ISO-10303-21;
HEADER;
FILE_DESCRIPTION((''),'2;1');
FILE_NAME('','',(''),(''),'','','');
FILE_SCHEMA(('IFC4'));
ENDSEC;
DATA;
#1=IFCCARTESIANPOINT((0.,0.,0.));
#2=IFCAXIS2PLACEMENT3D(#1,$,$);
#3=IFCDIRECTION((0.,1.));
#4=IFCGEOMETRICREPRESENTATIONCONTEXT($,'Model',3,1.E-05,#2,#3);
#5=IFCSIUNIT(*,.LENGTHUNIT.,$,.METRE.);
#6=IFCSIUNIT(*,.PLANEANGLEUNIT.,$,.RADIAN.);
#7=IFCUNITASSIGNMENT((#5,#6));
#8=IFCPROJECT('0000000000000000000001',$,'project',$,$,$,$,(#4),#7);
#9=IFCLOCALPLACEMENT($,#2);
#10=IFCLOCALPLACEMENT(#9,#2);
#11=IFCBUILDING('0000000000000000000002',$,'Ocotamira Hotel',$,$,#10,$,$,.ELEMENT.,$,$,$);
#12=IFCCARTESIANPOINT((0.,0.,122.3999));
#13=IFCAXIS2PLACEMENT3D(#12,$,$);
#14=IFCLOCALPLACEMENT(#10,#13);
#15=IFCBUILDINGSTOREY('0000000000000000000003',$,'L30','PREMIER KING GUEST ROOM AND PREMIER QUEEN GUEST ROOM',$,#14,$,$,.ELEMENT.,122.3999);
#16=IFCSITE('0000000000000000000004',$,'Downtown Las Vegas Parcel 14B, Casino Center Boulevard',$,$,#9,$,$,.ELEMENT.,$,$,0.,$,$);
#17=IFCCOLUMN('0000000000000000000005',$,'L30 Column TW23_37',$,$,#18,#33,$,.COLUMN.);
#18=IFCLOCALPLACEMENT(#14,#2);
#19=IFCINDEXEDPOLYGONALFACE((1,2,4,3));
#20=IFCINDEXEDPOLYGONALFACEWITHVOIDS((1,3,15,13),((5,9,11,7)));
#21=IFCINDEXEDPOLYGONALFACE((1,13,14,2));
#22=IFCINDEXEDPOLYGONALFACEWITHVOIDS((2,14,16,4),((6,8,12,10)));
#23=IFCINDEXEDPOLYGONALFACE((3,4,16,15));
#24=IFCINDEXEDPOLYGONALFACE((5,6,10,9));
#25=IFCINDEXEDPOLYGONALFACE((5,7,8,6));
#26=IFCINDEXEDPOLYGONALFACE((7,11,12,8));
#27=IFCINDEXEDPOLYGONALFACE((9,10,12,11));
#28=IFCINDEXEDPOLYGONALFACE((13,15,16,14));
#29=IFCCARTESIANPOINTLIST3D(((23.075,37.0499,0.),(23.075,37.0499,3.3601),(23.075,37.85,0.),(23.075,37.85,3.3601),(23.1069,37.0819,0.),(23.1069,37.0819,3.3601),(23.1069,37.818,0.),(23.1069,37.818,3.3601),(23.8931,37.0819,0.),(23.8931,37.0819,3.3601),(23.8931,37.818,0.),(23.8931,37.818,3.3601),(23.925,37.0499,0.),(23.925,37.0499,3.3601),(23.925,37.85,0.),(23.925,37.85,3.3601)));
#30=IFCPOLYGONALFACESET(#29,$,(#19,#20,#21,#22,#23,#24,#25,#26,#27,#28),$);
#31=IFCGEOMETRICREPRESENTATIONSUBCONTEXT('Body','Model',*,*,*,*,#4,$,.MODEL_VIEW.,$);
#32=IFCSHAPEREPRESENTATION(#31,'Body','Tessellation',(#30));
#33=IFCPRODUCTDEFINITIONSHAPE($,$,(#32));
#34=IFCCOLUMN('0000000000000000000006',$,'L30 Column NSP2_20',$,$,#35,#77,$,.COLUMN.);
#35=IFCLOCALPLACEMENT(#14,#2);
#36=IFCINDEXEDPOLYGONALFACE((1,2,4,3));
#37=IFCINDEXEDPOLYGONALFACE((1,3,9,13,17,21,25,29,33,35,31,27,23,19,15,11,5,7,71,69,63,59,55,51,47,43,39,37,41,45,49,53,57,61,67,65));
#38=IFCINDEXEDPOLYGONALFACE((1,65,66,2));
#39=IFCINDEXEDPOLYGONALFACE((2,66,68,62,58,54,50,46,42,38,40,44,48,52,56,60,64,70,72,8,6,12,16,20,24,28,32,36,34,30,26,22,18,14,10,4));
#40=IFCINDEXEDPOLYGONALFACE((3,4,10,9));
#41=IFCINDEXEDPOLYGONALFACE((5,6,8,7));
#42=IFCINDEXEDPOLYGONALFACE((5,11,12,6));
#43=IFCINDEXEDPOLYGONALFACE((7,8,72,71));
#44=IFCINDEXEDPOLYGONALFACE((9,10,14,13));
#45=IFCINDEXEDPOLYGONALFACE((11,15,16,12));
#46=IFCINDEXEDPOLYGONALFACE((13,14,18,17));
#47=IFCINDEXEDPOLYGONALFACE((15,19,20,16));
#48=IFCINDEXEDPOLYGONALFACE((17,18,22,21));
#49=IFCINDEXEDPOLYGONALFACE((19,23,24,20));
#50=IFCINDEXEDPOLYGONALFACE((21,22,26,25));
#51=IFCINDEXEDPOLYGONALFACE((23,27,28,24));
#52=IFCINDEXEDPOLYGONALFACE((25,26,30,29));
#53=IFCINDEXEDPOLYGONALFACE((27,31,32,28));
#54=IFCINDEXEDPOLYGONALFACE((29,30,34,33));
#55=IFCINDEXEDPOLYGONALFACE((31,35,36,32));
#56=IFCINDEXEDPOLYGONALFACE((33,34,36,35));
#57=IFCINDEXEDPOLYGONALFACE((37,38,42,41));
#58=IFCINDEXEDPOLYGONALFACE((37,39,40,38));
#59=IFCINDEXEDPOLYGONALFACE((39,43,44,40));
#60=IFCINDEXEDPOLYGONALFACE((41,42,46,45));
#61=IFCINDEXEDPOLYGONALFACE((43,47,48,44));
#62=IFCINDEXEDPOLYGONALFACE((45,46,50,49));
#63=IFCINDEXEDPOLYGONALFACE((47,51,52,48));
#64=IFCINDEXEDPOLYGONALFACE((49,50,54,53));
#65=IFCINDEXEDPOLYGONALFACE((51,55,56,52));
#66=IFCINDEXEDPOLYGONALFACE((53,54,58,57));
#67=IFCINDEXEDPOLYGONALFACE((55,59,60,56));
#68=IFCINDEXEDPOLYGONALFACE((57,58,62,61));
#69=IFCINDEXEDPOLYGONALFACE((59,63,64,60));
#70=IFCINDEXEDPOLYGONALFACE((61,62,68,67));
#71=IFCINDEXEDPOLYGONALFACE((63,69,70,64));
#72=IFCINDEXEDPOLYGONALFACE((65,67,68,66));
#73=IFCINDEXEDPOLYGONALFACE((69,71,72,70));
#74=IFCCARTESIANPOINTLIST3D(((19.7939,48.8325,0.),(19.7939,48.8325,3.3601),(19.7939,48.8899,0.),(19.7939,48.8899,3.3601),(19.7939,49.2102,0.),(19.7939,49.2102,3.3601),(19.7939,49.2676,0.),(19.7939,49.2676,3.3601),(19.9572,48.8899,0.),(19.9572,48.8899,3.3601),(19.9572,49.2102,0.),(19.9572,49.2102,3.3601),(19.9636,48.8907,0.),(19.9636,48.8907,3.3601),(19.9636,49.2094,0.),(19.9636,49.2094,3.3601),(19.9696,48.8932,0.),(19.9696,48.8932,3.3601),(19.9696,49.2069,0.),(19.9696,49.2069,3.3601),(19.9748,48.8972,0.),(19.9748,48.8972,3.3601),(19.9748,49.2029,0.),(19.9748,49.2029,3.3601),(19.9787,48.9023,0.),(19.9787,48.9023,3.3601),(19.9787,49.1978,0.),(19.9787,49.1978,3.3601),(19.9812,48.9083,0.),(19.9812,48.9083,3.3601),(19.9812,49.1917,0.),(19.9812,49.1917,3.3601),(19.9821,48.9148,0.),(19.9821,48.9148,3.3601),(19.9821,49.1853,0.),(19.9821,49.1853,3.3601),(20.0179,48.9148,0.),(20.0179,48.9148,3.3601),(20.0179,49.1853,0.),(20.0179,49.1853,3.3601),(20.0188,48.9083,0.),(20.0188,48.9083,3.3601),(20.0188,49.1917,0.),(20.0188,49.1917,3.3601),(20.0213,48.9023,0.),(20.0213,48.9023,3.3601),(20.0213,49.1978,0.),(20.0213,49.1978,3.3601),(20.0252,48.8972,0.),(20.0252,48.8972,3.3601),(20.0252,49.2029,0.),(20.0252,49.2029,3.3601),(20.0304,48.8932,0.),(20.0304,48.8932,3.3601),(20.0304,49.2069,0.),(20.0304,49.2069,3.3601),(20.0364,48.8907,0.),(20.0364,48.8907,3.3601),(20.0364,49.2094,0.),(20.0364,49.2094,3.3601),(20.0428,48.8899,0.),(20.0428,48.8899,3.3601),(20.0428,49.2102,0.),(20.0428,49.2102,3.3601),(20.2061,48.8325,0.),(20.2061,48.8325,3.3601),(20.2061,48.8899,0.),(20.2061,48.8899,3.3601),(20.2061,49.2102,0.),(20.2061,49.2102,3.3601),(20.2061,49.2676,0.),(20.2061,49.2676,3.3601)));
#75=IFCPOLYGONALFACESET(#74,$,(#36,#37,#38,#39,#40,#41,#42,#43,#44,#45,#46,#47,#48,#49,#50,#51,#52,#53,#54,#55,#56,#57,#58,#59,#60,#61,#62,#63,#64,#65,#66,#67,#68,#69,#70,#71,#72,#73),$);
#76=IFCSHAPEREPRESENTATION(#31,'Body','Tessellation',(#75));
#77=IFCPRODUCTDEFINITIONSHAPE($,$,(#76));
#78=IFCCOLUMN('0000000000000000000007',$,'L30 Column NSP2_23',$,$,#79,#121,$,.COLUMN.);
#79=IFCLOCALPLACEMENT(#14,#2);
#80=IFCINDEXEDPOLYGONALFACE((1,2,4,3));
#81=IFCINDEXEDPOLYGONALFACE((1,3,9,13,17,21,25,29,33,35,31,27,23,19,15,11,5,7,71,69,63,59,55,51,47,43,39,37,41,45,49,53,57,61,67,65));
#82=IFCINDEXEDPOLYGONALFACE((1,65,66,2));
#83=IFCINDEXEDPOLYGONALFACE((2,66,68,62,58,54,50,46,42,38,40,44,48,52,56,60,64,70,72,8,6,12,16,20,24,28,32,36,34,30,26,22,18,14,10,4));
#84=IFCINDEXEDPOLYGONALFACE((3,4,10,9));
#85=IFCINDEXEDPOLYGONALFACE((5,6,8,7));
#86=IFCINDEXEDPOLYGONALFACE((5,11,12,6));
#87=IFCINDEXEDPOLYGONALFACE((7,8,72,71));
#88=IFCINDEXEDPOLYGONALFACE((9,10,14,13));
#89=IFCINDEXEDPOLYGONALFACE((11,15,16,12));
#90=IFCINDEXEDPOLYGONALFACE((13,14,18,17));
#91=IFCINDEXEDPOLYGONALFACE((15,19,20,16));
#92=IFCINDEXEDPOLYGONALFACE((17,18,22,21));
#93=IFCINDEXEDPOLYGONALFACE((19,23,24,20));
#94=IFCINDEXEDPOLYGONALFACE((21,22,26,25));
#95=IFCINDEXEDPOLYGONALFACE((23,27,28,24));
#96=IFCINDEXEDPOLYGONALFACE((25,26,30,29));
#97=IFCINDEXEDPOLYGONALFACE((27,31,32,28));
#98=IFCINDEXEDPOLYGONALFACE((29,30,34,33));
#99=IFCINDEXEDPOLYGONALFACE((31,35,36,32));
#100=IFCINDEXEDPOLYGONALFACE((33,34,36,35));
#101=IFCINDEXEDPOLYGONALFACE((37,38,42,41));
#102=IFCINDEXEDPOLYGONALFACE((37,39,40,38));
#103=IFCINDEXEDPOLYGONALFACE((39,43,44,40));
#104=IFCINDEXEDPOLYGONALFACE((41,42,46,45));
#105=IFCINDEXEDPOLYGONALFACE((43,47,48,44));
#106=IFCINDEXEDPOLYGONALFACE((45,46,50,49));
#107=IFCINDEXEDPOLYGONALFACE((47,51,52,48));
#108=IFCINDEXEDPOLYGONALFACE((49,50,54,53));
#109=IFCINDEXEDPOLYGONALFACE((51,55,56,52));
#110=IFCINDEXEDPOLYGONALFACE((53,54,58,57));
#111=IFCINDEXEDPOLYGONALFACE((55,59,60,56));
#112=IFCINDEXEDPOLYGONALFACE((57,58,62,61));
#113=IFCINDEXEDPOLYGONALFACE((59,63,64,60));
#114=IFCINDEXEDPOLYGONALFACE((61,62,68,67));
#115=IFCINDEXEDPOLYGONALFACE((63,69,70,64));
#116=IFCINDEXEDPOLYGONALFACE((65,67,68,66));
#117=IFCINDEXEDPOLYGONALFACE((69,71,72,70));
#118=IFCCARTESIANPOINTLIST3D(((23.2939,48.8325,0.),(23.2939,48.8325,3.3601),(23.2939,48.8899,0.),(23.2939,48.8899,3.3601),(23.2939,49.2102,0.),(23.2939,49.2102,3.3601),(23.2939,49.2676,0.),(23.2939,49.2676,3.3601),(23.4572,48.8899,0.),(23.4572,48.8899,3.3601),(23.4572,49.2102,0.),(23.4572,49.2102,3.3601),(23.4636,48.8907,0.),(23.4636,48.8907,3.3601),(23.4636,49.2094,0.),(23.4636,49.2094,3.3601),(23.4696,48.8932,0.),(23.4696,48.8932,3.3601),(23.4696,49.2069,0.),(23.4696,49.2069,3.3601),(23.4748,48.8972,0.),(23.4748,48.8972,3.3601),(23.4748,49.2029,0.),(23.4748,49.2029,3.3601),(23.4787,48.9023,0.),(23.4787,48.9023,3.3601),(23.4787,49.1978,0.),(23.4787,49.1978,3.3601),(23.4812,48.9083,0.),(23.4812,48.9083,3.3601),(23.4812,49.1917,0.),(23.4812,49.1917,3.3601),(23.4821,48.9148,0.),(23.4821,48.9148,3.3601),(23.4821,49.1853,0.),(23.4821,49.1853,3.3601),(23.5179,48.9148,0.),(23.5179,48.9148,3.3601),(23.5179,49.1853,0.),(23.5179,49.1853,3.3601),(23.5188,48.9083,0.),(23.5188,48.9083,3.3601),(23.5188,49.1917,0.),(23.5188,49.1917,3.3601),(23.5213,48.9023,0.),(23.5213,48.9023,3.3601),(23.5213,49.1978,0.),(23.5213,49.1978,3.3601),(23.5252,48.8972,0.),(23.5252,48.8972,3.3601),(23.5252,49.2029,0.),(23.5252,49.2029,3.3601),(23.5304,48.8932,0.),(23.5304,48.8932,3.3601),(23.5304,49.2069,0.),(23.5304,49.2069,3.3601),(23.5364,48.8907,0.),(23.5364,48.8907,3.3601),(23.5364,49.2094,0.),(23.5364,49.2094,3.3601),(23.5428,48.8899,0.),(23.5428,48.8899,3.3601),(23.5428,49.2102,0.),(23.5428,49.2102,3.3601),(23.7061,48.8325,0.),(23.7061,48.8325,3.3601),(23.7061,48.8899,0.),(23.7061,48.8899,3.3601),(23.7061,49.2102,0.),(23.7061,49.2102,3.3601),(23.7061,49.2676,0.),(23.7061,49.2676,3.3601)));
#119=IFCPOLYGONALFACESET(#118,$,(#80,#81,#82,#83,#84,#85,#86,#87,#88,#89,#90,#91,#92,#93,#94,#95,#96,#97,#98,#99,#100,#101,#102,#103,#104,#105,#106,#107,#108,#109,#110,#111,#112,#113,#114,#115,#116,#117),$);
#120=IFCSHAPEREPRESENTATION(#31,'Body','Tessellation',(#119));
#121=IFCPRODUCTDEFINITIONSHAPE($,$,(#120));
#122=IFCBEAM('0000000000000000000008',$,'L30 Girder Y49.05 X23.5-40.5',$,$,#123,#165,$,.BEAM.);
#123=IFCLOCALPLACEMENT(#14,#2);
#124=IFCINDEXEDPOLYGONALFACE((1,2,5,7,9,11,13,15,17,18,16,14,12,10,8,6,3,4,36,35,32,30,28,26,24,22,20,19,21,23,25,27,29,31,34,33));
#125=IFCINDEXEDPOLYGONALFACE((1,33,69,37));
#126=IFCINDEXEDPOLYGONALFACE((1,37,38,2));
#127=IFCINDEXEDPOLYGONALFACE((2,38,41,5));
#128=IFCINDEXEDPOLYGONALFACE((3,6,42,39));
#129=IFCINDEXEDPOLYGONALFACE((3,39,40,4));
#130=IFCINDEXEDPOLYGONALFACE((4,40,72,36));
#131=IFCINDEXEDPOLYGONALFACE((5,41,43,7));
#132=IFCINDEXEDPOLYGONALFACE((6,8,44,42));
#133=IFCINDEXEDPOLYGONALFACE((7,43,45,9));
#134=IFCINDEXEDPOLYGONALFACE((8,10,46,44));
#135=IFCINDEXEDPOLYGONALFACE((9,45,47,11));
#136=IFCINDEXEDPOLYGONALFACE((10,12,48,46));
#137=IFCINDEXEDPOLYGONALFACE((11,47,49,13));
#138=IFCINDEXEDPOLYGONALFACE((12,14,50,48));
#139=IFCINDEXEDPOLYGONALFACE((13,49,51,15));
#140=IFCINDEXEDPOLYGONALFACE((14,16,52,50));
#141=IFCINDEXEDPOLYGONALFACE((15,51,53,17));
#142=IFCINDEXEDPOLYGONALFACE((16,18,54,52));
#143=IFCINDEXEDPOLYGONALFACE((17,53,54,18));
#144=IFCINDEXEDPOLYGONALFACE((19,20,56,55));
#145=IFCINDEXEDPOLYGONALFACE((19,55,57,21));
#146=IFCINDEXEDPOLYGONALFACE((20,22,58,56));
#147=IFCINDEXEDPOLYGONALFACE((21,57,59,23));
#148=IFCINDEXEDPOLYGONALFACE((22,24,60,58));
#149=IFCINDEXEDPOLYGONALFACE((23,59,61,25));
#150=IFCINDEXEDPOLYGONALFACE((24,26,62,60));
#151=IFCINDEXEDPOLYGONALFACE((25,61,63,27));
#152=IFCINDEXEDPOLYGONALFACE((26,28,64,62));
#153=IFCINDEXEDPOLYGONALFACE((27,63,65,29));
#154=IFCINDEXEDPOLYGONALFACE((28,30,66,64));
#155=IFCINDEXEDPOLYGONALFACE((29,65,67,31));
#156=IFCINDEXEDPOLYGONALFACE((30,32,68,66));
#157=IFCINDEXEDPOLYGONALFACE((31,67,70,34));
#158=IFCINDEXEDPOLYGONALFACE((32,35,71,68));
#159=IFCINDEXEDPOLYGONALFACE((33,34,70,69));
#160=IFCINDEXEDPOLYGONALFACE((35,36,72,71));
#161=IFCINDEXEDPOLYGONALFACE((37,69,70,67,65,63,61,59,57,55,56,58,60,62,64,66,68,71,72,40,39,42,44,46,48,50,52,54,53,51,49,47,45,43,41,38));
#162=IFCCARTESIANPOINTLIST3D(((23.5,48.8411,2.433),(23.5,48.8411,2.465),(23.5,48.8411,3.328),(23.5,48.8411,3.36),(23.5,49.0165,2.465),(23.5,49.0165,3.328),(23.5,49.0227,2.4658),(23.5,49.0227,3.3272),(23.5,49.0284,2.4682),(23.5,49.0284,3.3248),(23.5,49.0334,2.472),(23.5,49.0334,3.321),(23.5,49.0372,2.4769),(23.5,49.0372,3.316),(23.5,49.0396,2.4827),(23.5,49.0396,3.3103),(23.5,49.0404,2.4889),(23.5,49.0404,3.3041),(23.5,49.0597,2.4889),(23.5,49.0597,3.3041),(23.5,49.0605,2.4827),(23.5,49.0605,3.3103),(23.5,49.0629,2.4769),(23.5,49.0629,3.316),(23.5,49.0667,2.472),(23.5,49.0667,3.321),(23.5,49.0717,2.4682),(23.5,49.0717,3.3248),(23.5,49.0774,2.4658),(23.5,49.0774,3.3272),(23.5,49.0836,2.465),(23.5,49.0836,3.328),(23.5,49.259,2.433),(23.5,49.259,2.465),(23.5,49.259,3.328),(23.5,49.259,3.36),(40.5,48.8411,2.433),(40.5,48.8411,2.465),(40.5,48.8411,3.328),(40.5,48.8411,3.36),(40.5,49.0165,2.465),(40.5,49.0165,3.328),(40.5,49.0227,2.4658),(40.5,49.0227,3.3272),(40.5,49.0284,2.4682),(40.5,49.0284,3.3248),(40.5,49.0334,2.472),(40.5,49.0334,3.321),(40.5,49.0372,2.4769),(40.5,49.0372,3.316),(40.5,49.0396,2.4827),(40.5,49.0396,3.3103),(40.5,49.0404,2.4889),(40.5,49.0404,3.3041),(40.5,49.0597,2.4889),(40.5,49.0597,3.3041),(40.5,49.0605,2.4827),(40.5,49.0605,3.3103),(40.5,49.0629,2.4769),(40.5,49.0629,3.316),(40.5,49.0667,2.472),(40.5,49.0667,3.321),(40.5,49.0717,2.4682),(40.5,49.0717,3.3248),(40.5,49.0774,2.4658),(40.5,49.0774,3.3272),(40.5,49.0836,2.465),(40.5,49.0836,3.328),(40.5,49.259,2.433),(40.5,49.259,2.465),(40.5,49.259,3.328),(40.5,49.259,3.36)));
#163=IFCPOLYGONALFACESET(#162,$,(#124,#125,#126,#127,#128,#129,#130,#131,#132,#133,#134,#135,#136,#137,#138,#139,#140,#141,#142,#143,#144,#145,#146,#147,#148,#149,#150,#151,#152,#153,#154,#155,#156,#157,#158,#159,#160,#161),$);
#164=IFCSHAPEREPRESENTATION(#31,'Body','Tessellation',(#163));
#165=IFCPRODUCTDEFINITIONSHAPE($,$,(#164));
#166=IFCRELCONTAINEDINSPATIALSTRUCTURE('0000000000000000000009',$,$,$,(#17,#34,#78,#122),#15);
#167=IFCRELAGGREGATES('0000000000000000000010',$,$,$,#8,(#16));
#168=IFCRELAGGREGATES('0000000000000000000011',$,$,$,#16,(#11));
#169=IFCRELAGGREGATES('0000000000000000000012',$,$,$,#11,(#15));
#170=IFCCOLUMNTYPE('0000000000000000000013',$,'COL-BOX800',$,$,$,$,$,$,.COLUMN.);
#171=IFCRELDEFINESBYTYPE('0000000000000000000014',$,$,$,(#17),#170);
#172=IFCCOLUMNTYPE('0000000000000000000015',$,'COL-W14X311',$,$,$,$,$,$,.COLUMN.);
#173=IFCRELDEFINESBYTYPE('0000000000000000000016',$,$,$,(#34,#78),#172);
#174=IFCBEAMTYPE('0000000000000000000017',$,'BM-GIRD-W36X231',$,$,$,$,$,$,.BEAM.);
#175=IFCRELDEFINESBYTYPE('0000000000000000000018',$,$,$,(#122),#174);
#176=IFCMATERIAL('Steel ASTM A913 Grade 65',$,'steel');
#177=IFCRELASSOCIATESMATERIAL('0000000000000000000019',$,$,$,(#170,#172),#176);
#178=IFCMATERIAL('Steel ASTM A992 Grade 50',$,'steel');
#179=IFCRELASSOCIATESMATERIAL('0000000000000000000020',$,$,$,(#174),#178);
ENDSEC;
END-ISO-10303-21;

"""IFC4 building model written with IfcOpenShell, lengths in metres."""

from ifc_helpers import new_model, si_unit, direction, frame, origin, origin_2d, place, context, subcontext, project, spatial, hollow_rectangle, i_section, extrude, source, transform, mapped, material, material_profile, profile_set, type_object, element, save


model = new_model("IFC4")

# Units and contexts
model_context = context("Model", 3, precision=1e-05, world=origin(), true_north=direction((0.0, 1.0)))
body_context = subcontext(model_context, "Body", "Model", "MODEL_VIEW")
ifc_project = project(units=[si_unit("LENGTHUNIT", "METRE"), si_unit("PLANEANGLEUNIT", "RADIAN")], contexts=[model_context])

# Site, building, storey
site_placement = place(None, origin())
site = spatial("IfcSite", under=ifc_project, at=site_placement, Name="Downtown Las Vegas Parcel 14B, Casino Center Boulevard", CompositionType="ELEMENT", RefElevation=0.0)
building_placement = place(site_placement, origin())
building = spatial("IfcBuilding", under=site, at=building_placement, Name="Ocotamira Hotel", CompositionType="ELEMENT")
storey_placement = place(building_placement, frame((0.0, 0.0, 122.3999)))
storey = spatial("IfcBuildingStorey", under=building, at=storey_placement, Name="L30", Description="PREMIER KING GUEST ROOM AND PREMIER QUEEN GUEST ROOM", CompositionType="ELEMENT", Elevation=122.3999)

# Columns
ifc_material_1 = material(Name="Steel ASTM A913 Grade 65", Category="steel")
ifc_material_profile_1 = material_profile(ifc_material_1, hollow_rectangle(XDim=0.8501, YDim=0.8, WallThickness=0.032, at=origin_2d()), Name="BOX800X850X32")
ifc_profile_set_1 = profile_set([ifc_material_profile_1], Name="Steel ASTM A913 Grade 65")
column_type_1 = type_object("IfcColumnType", Name="COL-BOX800", PredefinedType="COLUMN", material=ifc_profile_set_1)
shared_shape_1 = source(origin(), body_context, "Body", "SweptSolid", [
    extrude(hollow_rectangle(XDim=0.8501, YDim=0.8, WallThickness=0.032, at=origin_2d()), origin(), (0.0, 0.0, 1.0), 3.3601),
])
column_placement = place(storey_placement, frame((23.5, 37.45, 0.0), z_axis=(0.0, 0.0, 1.0), x_axis=(1.0, 0.0, 0.0)))
element("IfcColumn", 1, at=column_placement, inside=storey, type_object=column_type_1, Name="L30 Column TW23_37", PredefinedType="COLUMN", context=body_context, shape_type="MappedRepresentation", body=[
    mapped(shared_shape_1, transform((0.0, 0.0, 0.0), scale=1.0)),
])
ifc_material_profile_2 = material_profile(ifc_material_1, i_section(OverallWidth=0.4121, OverallDepth=0.4351, WebThickness=0.0359, FlangeThickness=0.0574, FilletRadius=0.0249, at=origin_2d()), Name="W14X311")
ifc_profile_set_2 = profile_set([ifc_material_profile_2], Name="Steel ASTM A913 Grade 65")
column_type_2 = type_object("IfcColumnType", Name="COL-W14X311", PredefinedType="COLUMN", material=ifc_profile_set_2)
shared_shape_2 = source(origin(), body_context, "Body", "SweptSolid", [
    extrude(i_section(OverallWidth=0.4121, OverallDepth=0.4351, WebThickness=0.0359, FlangeThickness=0.0574, FilletRadius=0.0249, at=origin_2d()), origin(), (0.0, 0.0, 1.0), 3.3601),
])
for number, where, z_axis, x_axis, name in (
    (2, (20.0, 49.05, 0.0), (0.0, 0.0, 1.0), (1.0, 0.0, 0.0), "L30 Column NSP2_20"),
    (3, (23.5, 49.05, 0.0), (0.0, 0.0, 1.0), (1.0, 0.0, 0.0), "L30 Column NSP2_23"),
):
    element("IfcColumn", number, at=place(storey_placement, frame(where, z_axis=z_axis, x_axis=x_axis)), inside=storey, type_object=column_type_2, Name=name, PredefinedType="COLUMN", context=body_context, shape_type="MappedRepresentation", body=[
        mapped(shared_shape_2, transform((0.0, 0.0, 0.0), scale=1.0)),
    ])

# Beam
ifc_material_2 = material(Name="Steel ASTM A992 Grade 50", Category="steel")
ifc_material_profile_3 = material_profile(ifc_material_2, i_section(OverallWidth=0.418, OverallDepth=0.927, WebThickness=0.0193, FlangeThickness=0.032, FilletRadius=0.0239, at=origin_2d()), Name="W36X231")
ifc_profile_set_3 = profile_set([ifc_material_profile_3], Name="Steel ASTM A992 Grade 50")
beam_type_1 = type_object("IfcBeamType", Name="BM-GIRD-W36X231", PredefinedType="BEAM", material=ifc_profile_set_3)
shared_shape_3 = source(origin(), body_context, "Body", "SweptSolid", [
    extrude(i_section(OverallWidth=0.418, OverallDepth=0.927, WebThickness=0.0193, FlangeThickness=0.032, FilletRadius=0.0239, at=origin_2d()), origin(), (0.0, 0.0, 1.0), 17.0),
])
beam_1_placement = place(storey_placement, frame((23.5, 49.05, 2.8965), z_axis=(1.0, 0.0, 0.0), x_axis=(0.0, 1.0, 0.0)))
element("IfcBeam", 4, at=beam_1_placement, inside=storey, type_object=beam_type_1, Name="L30 Girder Y49.05 X23.5-40.5", PredefinedType="BEAM", context=body_context, shape_type="MappedRepresentation", body=[
    mapped(shared_shape_3, transform((0.0, 0.0, 0.0), scale=1.0)),
])

save(model, "model.ifc")
